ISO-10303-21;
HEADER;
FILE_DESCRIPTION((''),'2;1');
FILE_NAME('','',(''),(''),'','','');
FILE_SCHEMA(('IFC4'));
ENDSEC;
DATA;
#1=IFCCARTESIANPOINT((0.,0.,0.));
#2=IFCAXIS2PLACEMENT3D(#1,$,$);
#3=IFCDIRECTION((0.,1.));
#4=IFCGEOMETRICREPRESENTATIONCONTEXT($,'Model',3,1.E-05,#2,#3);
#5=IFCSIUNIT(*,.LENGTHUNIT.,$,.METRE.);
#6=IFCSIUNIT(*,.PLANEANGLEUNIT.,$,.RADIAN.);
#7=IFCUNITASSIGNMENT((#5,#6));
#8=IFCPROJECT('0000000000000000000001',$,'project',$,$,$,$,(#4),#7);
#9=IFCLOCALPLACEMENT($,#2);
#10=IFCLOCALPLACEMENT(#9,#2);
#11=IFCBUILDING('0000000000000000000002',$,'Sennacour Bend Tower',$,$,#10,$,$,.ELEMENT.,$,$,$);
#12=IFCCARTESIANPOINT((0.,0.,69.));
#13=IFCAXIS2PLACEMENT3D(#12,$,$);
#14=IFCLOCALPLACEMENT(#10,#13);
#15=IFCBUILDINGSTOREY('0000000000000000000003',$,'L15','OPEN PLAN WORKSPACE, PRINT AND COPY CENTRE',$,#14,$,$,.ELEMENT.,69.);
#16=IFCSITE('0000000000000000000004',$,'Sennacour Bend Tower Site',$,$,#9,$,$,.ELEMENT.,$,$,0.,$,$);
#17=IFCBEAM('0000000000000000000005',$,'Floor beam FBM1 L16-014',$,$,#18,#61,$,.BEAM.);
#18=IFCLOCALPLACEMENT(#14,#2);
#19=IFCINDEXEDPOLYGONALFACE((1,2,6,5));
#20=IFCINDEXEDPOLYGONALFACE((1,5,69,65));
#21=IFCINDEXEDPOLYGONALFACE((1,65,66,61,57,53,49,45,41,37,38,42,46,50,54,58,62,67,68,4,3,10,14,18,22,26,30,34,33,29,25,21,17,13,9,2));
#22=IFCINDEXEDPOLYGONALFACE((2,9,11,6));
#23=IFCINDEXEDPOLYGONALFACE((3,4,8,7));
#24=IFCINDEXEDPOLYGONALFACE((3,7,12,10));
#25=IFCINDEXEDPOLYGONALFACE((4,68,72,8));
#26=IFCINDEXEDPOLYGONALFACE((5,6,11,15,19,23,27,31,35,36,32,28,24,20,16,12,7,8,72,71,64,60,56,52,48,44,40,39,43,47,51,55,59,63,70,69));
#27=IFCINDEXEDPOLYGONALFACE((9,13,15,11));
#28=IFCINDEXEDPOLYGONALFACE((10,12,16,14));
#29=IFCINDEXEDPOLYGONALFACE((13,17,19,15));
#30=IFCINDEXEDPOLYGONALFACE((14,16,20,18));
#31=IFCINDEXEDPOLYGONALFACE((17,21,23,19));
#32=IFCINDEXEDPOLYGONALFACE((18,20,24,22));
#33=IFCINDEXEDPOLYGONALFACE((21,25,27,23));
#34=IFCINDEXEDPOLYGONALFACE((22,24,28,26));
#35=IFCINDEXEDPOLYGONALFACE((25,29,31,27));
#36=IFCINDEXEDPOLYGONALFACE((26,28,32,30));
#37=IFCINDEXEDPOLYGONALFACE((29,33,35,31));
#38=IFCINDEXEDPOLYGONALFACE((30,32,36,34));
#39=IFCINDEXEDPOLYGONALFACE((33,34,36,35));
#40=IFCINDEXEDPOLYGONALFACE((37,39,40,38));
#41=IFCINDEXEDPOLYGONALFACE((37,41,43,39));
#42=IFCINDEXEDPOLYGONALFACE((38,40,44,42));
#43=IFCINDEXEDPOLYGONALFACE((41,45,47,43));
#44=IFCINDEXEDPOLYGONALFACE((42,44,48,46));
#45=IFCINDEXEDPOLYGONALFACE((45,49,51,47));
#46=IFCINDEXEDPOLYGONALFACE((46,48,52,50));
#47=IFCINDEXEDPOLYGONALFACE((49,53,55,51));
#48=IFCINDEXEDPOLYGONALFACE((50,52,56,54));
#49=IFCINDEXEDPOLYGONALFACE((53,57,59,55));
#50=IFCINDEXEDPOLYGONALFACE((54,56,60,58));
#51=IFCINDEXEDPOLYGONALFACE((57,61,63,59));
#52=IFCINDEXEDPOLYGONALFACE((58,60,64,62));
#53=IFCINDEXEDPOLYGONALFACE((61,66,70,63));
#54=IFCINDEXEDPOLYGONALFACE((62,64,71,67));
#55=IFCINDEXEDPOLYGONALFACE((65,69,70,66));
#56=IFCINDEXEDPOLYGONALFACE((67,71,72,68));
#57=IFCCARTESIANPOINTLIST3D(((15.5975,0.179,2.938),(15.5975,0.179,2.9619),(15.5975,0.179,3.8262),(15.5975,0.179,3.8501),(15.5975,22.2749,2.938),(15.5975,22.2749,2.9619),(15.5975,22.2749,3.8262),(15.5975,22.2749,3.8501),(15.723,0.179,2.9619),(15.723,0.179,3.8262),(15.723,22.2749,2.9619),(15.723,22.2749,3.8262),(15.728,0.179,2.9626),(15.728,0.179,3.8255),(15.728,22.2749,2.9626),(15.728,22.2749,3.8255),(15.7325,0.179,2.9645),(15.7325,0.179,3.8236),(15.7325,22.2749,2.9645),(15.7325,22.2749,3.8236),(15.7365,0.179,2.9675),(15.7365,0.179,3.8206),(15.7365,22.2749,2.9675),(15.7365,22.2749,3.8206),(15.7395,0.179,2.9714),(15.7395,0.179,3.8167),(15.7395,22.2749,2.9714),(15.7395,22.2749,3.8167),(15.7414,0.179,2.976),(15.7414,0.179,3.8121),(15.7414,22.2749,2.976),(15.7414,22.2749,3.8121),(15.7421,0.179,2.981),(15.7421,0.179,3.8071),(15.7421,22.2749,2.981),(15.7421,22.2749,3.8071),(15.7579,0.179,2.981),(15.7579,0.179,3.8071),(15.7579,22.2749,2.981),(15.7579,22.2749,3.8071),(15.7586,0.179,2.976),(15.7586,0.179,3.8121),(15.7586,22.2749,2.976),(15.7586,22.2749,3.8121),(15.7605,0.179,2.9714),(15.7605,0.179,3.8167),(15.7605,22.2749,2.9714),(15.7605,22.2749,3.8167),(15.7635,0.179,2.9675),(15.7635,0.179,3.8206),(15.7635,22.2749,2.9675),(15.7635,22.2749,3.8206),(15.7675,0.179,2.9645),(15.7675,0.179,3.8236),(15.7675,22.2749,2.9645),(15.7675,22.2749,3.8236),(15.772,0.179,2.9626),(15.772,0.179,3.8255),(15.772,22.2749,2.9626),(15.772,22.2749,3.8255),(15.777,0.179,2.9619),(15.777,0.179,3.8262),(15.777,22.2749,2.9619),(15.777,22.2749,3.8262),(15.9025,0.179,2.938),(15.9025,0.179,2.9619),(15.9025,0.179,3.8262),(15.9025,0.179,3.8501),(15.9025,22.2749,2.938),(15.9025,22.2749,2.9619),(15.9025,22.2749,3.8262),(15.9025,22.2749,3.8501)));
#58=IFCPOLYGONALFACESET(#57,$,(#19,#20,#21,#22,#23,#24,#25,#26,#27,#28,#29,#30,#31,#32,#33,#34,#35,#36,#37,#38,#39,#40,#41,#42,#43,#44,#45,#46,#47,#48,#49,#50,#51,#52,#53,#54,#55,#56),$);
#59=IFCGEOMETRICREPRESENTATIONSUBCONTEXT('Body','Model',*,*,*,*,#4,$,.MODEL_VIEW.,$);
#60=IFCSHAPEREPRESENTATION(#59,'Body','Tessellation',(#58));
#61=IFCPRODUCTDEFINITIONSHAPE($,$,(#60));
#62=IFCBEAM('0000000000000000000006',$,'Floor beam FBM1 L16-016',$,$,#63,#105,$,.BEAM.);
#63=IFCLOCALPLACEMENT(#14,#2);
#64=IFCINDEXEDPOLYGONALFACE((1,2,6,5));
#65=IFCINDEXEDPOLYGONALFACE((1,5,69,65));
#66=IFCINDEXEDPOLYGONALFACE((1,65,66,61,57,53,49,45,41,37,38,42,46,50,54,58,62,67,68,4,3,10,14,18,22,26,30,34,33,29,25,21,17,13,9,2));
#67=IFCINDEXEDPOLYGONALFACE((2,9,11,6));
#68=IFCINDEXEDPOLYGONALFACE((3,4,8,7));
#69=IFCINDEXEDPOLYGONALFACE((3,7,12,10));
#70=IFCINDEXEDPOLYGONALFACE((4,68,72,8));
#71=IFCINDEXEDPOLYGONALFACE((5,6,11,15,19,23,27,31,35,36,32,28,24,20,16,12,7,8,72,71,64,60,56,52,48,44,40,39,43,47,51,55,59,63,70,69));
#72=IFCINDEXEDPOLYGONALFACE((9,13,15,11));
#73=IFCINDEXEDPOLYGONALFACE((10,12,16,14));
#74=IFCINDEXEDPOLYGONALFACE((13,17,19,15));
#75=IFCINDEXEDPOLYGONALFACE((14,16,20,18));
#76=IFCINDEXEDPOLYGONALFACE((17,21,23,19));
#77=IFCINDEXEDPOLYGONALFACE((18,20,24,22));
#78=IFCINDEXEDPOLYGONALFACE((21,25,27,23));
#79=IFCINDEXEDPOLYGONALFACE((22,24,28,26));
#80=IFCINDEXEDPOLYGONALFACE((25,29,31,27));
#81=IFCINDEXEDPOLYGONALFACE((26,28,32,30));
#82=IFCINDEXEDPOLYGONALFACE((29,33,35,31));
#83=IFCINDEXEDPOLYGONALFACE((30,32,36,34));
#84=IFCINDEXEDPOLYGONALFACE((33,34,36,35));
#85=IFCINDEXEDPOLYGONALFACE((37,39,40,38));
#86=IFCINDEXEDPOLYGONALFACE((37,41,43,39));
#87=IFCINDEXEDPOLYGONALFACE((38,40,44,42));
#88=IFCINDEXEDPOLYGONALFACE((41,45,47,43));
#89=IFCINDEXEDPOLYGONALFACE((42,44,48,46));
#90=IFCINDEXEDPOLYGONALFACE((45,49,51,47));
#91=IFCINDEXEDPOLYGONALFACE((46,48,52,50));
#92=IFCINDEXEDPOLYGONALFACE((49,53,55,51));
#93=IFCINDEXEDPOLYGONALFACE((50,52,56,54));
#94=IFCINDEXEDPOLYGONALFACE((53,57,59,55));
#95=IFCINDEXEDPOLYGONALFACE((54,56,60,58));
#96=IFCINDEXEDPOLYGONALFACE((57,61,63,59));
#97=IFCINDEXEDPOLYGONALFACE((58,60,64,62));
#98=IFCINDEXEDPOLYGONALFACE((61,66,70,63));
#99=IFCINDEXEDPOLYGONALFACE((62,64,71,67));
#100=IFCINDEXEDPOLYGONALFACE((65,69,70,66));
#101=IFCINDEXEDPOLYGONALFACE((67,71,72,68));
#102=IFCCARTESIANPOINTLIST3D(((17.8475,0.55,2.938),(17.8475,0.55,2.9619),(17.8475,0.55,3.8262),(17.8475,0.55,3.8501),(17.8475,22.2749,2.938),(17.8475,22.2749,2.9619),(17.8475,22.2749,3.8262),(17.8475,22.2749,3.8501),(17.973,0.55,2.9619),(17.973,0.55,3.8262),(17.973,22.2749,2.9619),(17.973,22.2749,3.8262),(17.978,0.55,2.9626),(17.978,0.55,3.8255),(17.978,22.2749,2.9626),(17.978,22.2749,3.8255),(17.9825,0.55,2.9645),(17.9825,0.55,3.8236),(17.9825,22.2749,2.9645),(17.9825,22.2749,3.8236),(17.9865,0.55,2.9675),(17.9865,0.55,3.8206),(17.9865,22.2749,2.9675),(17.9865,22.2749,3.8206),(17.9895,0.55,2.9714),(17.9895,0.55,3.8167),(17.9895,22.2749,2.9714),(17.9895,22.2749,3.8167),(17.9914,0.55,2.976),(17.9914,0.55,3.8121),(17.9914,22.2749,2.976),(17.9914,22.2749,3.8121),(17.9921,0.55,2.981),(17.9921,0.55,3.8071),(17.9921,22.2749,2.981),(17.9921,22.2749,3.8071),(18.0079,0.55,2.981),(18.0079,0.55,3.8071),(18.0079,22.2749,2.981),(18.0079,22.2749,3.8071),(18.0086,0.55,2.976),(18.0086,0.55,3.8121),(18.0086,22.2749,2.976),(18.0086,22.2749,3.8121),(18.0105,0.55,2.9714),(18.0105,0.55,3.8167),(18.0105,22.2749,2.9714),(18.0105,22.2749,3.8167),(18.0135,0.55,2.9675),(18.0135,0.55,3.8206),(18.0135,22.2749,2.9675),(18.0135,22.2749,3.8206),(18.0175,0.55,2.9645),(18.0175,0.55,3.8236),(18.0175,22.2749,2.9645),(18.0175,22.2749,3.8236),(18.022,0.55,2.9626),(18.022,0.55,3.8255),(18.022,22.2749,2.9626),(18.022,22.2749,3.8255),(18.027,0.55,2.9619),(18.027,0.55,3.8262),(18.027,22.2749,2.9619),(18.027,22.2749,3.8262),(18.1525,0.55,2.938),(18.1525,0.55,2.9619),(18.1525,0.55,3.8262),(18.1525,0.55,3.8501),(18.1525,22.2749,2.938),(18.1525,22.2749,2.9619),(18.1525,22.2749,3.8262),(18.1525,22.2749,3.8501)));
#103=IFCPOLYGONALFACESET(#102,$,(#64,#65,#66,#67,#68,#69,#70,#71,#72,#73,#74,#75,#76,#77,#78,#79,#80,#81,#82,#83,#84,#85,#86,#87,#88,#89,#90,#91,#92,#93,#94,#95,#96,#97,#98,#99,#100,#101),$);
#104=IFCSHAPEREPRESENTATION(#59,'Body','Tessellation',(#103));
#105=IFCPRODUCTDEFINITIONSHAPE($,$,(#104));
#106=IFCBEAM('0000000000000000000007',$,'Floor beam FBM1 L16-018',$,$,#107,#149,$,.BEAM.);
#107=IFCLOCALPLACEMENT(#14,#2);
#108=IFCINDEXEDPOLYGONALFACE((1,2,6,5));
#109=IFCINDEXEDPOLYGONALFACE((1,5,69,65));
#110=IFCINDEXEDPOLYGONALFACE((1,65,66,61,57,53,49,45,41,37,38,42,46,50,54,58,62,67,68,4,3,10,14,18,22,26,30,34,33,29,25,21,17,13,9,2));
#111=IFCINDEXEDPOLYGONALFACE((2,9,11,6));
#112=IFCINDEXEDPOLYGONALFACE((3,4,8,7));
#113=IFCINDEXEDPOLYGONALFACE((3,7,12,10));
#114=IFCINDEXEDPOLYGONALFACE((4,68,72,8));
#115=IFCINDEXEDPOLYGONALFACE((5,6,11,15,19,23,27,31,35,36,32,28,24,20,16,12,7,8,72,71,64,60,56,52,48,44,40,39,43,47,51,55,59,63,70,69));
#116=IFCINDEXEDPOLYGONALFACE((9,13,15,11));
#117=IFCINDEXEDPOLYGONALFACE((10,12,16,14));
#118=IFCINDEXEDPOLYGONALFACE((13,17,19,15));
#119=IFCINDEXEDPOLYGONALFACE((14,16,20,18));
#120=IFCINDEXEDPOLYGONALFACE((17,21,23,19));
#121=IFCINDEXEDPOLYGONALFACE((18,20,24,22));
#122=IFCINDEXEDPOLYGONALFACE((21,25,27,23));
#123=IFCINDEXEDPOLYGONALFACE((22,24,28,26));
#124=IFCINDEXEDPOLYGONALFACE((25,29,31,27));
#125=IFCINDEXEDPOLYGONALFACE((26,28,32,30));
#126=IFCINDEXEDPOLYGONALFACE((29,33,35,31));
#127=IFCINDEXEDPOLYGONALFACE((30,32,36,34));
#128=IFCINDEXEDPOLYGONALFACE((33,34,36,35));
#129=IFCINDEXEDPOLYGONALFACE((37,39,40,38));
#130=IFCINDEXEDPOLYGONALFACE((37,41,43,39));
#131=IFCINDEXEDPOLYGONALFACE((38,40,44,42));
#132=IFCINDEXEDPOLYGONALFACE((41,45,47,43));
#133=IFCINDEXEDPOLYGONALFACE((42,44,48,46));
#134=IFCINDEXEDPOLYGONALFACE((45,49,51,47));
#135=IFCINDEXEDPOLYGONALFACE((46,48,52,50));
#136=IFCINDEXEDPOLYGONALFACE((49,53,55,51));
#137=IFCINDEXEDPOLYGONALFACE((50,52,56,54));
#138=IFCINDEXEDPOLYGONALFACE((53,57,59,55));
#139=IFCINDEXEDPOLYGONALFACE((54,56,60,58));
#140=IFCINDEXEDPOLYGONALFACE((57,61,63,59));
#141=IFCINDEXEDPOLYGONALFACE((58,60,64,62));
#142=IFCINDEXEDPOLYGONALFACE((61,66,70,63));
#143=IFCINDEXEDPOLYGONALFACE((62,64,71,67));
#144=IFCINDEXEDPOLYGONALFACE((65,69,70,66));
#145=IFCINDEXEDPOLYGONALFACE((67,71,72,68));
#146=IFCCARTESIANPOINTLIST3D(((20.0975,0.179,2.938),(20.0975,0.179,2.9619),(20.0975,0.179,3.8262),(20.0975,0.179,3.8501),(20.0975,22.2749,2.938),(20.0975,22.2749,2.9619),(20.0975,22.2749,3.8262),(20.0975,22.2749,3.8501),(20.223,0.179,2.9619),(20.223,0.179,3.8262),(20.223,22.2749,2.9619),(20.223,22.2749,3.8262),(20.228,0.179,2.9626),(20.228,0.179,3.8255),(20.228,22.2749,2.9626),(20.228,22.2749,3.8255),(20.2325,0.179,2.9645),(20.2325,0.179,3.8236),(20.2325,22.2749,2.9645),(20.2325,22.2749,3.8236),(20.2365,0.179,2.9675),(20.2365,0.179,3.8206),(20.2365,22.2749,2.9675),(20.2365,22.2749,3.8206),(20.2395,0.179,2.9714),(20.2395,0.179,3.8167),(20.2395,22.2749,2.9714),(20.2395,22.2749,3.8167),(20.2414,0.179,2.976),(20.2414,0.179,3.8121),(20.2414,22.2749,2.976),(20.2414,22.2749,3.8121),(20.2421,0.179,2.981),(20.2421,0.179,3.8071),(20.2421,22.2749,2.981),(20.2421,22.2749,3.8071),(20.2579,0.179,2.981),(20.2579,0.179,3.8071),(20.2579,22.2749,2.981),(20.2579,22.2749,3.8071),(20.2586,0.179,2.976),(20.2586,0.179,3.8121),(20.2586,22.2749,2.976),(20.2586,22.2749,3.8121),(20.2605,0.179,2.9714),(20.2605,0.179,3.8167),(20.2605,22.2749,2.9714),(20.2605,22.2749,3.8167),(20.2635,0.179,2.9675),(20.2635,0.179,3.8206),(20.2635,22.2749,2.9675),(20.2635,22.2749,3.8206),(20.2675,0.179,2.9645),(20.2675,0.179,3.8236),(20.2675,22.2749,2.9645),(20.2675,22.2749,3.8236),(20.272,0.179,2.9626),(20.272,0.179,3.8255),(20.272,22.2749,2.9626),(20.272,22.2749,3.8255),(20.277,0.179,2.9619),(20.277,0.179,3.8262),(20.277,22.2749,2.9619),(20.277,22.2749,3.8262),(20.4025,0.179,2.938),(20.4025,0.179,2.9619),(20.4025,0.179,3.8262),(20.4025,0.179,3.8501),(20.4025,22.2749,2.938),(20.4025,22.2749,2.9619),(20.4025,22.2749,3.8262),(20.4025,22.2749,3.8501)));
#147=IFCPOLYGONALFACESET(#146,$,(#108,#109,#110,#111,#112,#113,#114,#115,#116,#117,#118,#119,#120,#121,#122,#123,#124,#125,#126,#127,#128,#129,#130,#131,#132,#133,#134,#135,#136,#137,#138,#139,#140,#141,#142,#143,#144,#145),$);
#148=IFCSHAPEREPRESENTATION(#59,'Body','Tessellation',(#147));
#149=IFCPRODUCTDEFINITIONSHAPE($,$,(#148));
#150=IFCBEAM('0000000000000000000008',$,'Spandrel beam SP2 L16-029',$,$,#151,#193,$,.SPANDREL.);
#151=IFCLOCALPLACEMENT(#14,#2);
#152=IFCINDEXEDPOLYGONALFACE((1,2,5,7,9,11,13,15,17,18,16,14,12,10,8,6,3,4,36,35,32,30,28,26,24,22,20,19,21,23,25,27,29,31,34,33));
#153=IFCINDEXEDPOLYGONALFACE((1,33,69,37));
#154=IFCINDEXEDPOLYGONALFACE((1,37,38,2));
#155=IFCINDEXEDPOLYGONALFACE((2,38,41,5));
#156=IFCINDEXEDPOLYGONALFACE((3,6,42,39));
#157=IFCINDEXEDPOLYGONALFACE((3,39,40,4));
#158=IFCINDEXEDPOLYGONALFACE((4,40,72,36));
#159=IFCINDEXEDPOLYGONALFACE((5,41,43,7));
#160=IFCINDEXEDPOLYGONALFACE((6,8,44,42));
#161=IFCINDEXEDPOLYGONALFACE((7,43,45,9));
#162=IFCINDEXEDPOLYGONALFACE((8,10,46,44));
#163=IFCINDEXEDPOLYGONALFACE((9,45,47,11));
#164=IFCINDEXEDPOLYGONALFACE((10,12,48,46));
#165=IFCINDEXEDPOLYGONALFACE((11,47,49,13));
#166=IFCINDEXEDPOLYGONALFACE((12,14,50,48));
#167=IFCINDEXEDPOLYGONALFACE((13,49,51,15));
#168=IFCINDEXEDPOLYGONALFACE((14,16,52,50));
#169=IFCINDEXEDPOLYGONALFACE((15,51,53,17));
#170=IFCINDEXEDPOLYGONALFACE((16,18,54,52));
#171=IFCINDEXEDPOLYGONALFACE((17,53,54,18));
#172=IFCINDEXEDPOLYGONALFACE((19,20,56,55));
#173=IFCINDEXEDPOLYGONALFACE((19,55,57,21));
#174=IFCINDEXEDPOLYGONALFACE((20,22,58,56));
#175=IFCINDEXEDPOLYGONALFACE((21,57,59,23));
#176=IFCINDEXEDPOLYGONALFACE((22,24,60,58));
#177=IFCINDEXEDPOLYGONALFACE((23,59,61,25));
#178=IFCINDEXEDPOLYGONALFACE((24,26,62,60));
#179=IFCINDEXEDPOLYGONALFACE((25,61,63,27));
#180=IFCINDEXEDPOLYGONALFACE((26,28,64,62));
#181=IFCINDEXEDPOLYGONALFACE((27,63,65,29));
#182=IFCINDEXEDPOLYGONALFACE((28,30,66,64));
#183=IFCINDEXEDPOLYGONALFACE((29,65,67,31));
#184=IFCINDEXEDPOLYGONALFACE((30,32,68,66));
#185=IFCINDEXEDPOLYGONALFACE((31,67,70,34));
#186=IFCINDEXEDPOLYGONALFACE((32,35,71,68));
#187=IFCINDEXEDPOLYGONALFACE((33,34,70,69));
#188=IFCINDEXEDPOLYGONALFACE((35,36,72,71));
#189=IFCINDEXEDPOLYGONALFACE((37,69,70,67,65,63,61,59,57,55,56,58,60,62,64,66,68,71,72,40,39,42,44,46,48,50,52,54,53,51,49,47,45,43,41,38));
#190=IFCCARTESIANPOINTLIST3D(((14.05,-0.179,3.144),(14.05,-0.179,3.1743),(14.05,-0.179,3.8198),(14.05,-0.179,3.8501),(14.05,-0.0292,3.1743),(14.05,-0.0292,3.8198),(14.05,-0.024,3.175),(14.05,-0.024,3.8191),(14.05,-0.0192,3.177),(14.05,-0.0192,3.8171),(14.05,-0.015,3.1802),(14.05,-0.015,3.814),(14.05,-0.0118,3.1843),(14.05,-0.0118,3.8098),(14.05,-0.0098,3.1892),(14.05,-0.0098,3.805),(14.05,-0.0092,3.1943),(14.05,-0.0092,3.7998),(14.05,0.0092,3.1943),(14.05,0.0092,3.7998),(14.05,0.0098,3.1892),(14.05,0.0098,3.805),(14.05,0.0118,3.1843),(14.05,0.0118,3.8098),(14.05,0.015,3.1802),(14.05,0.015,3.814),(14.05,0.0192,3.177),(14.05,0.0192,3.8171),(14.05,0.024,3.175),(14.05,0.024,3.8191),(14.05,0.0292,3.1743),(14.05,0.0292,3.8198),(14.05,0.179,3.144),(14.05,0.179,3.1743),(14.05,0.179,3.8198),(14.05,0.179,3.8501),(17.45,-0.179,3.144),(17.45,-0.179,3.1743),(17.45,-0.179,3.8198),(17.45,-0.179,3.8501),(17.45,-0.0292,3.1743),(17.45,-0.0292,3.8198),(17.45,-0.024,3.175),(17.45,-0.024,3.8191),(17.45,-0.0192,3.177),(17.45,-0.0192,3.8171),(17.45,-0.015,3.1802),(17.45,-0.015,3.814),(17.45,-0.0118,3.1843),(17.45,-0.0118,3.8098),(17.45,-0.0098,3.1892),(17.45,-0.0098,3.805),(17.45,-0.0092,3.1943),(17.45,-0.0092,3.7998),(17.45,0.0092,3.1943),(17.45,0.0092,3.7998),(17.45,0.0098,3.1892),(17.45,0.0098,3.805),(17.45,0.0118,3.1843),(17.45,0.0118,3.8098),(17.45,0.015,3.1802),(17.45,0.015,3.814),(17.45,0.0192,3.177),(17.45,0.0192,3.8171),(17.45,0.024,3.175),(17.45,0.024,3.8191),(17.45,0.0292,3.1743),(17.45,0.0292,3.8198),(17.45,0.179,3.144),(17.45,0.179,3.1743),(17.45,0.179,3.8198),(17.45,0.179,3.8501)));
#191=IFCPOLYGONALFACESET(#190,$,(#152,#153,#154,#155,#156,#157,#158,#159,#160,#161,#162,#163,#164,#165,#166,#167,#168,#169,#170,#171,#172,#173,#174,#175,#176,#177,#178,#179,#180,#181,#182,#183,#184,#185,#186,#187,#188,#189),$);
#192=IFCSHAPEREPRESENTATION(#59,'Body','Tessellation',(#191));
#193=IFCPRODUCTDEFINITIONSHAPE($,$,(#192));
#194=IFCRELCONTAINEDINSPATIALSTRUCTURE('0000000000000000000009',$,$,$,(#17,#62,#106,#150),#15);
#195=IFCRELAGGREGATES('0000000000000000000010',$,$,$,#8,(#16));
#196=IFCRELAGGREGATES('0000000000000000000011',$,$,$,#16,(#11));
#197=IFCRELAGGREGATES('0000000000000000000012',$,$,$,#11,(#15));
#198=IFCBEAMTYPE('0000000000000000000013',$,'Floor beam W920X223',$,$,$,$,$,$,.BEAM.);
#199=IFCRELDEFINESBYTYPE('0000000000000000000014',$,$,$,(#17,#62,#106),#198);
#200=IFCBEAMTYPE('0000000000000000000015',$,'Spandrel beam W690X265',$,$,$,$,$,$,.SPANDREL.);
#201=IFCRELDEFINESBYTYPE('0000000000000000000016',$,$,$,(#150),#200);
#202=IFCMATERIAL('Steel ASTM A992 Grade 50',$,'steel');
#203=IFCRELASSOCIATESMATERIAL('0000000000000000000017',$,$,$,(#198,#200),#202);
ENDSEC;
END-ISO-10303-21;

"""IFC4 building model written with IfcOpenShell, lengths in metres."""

from ifc_helpers import new_model, si_unit, direction, frame, origin, origin_2d, place, context, subcontext, project, spatial, i_section, extrude, material, material_profile, profile_set, type_object, element, save


model = new_model("IFC4")

# Units and contexts
model_context = context("Model", 3, precision=1e-05, world=origin(), true_north=direction((0.0, 1.0)))
body_context = subcontext(model_context, "Body", "Model", "MODEL_VIEW")
ifc_project = project(units=[si_unit("LENGTHUNIT", "METRE"), si_unit("PLANEANGLEUNIT", "RADIAN")], contexts=[model_context])

# Site, building, storey
site_placement = place(None, origin())
site = spatial("IfcSite", under=ifc_project, at=site_placement, Name="Sennacour Bend Tower Site", CompositionType="ELEMENT", RefElevation=0.0)
building_placement = place(site_placement, origin())
building = spatial("IfcBuilding", under=site, at=building_placement, Name="Sennacour Bend Tower", CompositionType="ELEMENT")
storey_placement = place(building_placement, frame((0.0, 0.0, 69.0)))
storey = spatial("IfcBuildingStorey", under=building, at=storey_placement, Name="L15", Description="OPEN PLAN WORKSPACE, PRINT AND COPY CENTRE", CompositionType="ELEMENT", Elevation=69.0)

# Beams
ifc_material_1 = material(Name="Steel ASTM A992 Grade 50", Category="steel")
ifc_material_profile_1 = material_profile(ifc_material_1, i_section(OverallWidth=0.3049, OverallDepth=0.9121, WebThickness=0.0159, FlangeThickness=0.0239, FilletRadius=0.019, at=origin_2d()), Name="Steel ASTM A992 Grade 50", Category="steel")
ifc_profile_set_1 = profile_set([ifc_material_profile_1], Name="Steel ASTM A992 Grade 50")
beam_type_1 = type_object("IfcBeamType", Name="Floor beam W920X223", PredefinedType="BEAM", material=ifc_profile_set_1)
beam_1_placement = place(storey_placement, frame((15.75, 0.179, 3.394), z_axis=(0.0, 1.0, 0.0), x_axis=(-1.0, 0.0, 0.0)))
element("IfcBeam", 1, at=beam_1_placement, inside=storey, type_object=beam_type_1, Name="Floor beam FBM1 L16-014", PredefinedType="BEAM", context=body_context, shape_type="SweptSolid", body=[
    extrude(i_section(OverallWidth=0.3049, OverallDepth=0.9121, WebThickness=0.0159, FlangeThickness=0.0239, FilletRadius=0.019, at=origin_2d()), origin(), (0.0, 0.0, 1.0), 22.0959),
])
beam_2_placement = place(storey_placement, frame((18.0, 0.55, 3.394), z_axis=(0.0, 1.0, 0.0), x_axis=(-1.0, 0.0, 0.0)))
element("IfcBeam", 2, at=beam_2_placement, inside=storey, type_object=beam_type_1, Name="Floor beam FBM1 L16-016", PredefinedType="BEAM", context=body_context, shape_type="SweptSolid", body=[
    extrude(i_section(OverallWidth=0.3049, OverallDepth=0.9121, WebThickness=0.0159, FlangeThickness=0.0239, FilletRadius=0.019, at=origin_2d()), origin(), (0.0, 0.0, 1.0), 21.7249),
])
beam_3_placement = place(storey_placement, frame((20.25, 0.179, 3.394), z_axis=(0.0, 1.0, 0.0), x_axis=(-1.0, 0.0, 0.0)))
element("IfcBeam", 3, at=beam_3_placement, inside=storey, type_object=beam_type_1, Name="Floor beam FBM1 L16-018", PredefinedType="BEAM", context=body_context, shape_type="SweptSolid", body=[
    extrude(i_section(OverallWidth=0.3049, OverallDepth=0.9121, WebThickness=0.0159, FlangeThickness=0.0239, FilletRadius=0.019, at=origin_2d()), origin(), (0.0, 0.0, 1.0), 22.0959),
])
ifc_material_profile_2 = material_profile(ifc_material_1, i_section(OverallWidth=0.3579, OverallDepth=0.7061, WebThickness=0.0183, FlangeThickness=0.0303, FilletRadius=0.02, at=origin_2d()), Name="Steel ASTM A992 Grade 50", Category="steel")
ifc_profile_set_2 = profile_set([ifc_material_profile_2], Name="Steel ASTM A992 Grade 50")
beam_type_2 = type_object("IfcBeamType", Name="Spandrel beam W690X265", PredefinedType="SPANDREL", material=ifc_profile_set_2)
for number, where, z_axis, x_axis, name in (
    (4, (17.45, 0.0, 3.4971), (-1.0, 0.0, 0.0), (0.0, -1.0, 0.0), "Spandrel beam SP2 L16-029"),
):
    element("IfcBeam", number, at=place(storey_placement, frame(where, z_axis=z_axis, x_axis=x_axis)), inside=storey, type_object=beam_type_2, Name=name, PredefinedType="SPANDREL", context=body_context, shape_type="SweptSolid", body=[
        extrude(i_section(OverallWidth=0.3579, OverallDepth=0.7061, WebThickness=0.0183, FlangeThickness=0.0303, FilletRadius=0.02, at=origin_2d()), origin(), (0.0, 0.0, 1.0), 3.3999),
    ])

save(model, "model.ifc")
